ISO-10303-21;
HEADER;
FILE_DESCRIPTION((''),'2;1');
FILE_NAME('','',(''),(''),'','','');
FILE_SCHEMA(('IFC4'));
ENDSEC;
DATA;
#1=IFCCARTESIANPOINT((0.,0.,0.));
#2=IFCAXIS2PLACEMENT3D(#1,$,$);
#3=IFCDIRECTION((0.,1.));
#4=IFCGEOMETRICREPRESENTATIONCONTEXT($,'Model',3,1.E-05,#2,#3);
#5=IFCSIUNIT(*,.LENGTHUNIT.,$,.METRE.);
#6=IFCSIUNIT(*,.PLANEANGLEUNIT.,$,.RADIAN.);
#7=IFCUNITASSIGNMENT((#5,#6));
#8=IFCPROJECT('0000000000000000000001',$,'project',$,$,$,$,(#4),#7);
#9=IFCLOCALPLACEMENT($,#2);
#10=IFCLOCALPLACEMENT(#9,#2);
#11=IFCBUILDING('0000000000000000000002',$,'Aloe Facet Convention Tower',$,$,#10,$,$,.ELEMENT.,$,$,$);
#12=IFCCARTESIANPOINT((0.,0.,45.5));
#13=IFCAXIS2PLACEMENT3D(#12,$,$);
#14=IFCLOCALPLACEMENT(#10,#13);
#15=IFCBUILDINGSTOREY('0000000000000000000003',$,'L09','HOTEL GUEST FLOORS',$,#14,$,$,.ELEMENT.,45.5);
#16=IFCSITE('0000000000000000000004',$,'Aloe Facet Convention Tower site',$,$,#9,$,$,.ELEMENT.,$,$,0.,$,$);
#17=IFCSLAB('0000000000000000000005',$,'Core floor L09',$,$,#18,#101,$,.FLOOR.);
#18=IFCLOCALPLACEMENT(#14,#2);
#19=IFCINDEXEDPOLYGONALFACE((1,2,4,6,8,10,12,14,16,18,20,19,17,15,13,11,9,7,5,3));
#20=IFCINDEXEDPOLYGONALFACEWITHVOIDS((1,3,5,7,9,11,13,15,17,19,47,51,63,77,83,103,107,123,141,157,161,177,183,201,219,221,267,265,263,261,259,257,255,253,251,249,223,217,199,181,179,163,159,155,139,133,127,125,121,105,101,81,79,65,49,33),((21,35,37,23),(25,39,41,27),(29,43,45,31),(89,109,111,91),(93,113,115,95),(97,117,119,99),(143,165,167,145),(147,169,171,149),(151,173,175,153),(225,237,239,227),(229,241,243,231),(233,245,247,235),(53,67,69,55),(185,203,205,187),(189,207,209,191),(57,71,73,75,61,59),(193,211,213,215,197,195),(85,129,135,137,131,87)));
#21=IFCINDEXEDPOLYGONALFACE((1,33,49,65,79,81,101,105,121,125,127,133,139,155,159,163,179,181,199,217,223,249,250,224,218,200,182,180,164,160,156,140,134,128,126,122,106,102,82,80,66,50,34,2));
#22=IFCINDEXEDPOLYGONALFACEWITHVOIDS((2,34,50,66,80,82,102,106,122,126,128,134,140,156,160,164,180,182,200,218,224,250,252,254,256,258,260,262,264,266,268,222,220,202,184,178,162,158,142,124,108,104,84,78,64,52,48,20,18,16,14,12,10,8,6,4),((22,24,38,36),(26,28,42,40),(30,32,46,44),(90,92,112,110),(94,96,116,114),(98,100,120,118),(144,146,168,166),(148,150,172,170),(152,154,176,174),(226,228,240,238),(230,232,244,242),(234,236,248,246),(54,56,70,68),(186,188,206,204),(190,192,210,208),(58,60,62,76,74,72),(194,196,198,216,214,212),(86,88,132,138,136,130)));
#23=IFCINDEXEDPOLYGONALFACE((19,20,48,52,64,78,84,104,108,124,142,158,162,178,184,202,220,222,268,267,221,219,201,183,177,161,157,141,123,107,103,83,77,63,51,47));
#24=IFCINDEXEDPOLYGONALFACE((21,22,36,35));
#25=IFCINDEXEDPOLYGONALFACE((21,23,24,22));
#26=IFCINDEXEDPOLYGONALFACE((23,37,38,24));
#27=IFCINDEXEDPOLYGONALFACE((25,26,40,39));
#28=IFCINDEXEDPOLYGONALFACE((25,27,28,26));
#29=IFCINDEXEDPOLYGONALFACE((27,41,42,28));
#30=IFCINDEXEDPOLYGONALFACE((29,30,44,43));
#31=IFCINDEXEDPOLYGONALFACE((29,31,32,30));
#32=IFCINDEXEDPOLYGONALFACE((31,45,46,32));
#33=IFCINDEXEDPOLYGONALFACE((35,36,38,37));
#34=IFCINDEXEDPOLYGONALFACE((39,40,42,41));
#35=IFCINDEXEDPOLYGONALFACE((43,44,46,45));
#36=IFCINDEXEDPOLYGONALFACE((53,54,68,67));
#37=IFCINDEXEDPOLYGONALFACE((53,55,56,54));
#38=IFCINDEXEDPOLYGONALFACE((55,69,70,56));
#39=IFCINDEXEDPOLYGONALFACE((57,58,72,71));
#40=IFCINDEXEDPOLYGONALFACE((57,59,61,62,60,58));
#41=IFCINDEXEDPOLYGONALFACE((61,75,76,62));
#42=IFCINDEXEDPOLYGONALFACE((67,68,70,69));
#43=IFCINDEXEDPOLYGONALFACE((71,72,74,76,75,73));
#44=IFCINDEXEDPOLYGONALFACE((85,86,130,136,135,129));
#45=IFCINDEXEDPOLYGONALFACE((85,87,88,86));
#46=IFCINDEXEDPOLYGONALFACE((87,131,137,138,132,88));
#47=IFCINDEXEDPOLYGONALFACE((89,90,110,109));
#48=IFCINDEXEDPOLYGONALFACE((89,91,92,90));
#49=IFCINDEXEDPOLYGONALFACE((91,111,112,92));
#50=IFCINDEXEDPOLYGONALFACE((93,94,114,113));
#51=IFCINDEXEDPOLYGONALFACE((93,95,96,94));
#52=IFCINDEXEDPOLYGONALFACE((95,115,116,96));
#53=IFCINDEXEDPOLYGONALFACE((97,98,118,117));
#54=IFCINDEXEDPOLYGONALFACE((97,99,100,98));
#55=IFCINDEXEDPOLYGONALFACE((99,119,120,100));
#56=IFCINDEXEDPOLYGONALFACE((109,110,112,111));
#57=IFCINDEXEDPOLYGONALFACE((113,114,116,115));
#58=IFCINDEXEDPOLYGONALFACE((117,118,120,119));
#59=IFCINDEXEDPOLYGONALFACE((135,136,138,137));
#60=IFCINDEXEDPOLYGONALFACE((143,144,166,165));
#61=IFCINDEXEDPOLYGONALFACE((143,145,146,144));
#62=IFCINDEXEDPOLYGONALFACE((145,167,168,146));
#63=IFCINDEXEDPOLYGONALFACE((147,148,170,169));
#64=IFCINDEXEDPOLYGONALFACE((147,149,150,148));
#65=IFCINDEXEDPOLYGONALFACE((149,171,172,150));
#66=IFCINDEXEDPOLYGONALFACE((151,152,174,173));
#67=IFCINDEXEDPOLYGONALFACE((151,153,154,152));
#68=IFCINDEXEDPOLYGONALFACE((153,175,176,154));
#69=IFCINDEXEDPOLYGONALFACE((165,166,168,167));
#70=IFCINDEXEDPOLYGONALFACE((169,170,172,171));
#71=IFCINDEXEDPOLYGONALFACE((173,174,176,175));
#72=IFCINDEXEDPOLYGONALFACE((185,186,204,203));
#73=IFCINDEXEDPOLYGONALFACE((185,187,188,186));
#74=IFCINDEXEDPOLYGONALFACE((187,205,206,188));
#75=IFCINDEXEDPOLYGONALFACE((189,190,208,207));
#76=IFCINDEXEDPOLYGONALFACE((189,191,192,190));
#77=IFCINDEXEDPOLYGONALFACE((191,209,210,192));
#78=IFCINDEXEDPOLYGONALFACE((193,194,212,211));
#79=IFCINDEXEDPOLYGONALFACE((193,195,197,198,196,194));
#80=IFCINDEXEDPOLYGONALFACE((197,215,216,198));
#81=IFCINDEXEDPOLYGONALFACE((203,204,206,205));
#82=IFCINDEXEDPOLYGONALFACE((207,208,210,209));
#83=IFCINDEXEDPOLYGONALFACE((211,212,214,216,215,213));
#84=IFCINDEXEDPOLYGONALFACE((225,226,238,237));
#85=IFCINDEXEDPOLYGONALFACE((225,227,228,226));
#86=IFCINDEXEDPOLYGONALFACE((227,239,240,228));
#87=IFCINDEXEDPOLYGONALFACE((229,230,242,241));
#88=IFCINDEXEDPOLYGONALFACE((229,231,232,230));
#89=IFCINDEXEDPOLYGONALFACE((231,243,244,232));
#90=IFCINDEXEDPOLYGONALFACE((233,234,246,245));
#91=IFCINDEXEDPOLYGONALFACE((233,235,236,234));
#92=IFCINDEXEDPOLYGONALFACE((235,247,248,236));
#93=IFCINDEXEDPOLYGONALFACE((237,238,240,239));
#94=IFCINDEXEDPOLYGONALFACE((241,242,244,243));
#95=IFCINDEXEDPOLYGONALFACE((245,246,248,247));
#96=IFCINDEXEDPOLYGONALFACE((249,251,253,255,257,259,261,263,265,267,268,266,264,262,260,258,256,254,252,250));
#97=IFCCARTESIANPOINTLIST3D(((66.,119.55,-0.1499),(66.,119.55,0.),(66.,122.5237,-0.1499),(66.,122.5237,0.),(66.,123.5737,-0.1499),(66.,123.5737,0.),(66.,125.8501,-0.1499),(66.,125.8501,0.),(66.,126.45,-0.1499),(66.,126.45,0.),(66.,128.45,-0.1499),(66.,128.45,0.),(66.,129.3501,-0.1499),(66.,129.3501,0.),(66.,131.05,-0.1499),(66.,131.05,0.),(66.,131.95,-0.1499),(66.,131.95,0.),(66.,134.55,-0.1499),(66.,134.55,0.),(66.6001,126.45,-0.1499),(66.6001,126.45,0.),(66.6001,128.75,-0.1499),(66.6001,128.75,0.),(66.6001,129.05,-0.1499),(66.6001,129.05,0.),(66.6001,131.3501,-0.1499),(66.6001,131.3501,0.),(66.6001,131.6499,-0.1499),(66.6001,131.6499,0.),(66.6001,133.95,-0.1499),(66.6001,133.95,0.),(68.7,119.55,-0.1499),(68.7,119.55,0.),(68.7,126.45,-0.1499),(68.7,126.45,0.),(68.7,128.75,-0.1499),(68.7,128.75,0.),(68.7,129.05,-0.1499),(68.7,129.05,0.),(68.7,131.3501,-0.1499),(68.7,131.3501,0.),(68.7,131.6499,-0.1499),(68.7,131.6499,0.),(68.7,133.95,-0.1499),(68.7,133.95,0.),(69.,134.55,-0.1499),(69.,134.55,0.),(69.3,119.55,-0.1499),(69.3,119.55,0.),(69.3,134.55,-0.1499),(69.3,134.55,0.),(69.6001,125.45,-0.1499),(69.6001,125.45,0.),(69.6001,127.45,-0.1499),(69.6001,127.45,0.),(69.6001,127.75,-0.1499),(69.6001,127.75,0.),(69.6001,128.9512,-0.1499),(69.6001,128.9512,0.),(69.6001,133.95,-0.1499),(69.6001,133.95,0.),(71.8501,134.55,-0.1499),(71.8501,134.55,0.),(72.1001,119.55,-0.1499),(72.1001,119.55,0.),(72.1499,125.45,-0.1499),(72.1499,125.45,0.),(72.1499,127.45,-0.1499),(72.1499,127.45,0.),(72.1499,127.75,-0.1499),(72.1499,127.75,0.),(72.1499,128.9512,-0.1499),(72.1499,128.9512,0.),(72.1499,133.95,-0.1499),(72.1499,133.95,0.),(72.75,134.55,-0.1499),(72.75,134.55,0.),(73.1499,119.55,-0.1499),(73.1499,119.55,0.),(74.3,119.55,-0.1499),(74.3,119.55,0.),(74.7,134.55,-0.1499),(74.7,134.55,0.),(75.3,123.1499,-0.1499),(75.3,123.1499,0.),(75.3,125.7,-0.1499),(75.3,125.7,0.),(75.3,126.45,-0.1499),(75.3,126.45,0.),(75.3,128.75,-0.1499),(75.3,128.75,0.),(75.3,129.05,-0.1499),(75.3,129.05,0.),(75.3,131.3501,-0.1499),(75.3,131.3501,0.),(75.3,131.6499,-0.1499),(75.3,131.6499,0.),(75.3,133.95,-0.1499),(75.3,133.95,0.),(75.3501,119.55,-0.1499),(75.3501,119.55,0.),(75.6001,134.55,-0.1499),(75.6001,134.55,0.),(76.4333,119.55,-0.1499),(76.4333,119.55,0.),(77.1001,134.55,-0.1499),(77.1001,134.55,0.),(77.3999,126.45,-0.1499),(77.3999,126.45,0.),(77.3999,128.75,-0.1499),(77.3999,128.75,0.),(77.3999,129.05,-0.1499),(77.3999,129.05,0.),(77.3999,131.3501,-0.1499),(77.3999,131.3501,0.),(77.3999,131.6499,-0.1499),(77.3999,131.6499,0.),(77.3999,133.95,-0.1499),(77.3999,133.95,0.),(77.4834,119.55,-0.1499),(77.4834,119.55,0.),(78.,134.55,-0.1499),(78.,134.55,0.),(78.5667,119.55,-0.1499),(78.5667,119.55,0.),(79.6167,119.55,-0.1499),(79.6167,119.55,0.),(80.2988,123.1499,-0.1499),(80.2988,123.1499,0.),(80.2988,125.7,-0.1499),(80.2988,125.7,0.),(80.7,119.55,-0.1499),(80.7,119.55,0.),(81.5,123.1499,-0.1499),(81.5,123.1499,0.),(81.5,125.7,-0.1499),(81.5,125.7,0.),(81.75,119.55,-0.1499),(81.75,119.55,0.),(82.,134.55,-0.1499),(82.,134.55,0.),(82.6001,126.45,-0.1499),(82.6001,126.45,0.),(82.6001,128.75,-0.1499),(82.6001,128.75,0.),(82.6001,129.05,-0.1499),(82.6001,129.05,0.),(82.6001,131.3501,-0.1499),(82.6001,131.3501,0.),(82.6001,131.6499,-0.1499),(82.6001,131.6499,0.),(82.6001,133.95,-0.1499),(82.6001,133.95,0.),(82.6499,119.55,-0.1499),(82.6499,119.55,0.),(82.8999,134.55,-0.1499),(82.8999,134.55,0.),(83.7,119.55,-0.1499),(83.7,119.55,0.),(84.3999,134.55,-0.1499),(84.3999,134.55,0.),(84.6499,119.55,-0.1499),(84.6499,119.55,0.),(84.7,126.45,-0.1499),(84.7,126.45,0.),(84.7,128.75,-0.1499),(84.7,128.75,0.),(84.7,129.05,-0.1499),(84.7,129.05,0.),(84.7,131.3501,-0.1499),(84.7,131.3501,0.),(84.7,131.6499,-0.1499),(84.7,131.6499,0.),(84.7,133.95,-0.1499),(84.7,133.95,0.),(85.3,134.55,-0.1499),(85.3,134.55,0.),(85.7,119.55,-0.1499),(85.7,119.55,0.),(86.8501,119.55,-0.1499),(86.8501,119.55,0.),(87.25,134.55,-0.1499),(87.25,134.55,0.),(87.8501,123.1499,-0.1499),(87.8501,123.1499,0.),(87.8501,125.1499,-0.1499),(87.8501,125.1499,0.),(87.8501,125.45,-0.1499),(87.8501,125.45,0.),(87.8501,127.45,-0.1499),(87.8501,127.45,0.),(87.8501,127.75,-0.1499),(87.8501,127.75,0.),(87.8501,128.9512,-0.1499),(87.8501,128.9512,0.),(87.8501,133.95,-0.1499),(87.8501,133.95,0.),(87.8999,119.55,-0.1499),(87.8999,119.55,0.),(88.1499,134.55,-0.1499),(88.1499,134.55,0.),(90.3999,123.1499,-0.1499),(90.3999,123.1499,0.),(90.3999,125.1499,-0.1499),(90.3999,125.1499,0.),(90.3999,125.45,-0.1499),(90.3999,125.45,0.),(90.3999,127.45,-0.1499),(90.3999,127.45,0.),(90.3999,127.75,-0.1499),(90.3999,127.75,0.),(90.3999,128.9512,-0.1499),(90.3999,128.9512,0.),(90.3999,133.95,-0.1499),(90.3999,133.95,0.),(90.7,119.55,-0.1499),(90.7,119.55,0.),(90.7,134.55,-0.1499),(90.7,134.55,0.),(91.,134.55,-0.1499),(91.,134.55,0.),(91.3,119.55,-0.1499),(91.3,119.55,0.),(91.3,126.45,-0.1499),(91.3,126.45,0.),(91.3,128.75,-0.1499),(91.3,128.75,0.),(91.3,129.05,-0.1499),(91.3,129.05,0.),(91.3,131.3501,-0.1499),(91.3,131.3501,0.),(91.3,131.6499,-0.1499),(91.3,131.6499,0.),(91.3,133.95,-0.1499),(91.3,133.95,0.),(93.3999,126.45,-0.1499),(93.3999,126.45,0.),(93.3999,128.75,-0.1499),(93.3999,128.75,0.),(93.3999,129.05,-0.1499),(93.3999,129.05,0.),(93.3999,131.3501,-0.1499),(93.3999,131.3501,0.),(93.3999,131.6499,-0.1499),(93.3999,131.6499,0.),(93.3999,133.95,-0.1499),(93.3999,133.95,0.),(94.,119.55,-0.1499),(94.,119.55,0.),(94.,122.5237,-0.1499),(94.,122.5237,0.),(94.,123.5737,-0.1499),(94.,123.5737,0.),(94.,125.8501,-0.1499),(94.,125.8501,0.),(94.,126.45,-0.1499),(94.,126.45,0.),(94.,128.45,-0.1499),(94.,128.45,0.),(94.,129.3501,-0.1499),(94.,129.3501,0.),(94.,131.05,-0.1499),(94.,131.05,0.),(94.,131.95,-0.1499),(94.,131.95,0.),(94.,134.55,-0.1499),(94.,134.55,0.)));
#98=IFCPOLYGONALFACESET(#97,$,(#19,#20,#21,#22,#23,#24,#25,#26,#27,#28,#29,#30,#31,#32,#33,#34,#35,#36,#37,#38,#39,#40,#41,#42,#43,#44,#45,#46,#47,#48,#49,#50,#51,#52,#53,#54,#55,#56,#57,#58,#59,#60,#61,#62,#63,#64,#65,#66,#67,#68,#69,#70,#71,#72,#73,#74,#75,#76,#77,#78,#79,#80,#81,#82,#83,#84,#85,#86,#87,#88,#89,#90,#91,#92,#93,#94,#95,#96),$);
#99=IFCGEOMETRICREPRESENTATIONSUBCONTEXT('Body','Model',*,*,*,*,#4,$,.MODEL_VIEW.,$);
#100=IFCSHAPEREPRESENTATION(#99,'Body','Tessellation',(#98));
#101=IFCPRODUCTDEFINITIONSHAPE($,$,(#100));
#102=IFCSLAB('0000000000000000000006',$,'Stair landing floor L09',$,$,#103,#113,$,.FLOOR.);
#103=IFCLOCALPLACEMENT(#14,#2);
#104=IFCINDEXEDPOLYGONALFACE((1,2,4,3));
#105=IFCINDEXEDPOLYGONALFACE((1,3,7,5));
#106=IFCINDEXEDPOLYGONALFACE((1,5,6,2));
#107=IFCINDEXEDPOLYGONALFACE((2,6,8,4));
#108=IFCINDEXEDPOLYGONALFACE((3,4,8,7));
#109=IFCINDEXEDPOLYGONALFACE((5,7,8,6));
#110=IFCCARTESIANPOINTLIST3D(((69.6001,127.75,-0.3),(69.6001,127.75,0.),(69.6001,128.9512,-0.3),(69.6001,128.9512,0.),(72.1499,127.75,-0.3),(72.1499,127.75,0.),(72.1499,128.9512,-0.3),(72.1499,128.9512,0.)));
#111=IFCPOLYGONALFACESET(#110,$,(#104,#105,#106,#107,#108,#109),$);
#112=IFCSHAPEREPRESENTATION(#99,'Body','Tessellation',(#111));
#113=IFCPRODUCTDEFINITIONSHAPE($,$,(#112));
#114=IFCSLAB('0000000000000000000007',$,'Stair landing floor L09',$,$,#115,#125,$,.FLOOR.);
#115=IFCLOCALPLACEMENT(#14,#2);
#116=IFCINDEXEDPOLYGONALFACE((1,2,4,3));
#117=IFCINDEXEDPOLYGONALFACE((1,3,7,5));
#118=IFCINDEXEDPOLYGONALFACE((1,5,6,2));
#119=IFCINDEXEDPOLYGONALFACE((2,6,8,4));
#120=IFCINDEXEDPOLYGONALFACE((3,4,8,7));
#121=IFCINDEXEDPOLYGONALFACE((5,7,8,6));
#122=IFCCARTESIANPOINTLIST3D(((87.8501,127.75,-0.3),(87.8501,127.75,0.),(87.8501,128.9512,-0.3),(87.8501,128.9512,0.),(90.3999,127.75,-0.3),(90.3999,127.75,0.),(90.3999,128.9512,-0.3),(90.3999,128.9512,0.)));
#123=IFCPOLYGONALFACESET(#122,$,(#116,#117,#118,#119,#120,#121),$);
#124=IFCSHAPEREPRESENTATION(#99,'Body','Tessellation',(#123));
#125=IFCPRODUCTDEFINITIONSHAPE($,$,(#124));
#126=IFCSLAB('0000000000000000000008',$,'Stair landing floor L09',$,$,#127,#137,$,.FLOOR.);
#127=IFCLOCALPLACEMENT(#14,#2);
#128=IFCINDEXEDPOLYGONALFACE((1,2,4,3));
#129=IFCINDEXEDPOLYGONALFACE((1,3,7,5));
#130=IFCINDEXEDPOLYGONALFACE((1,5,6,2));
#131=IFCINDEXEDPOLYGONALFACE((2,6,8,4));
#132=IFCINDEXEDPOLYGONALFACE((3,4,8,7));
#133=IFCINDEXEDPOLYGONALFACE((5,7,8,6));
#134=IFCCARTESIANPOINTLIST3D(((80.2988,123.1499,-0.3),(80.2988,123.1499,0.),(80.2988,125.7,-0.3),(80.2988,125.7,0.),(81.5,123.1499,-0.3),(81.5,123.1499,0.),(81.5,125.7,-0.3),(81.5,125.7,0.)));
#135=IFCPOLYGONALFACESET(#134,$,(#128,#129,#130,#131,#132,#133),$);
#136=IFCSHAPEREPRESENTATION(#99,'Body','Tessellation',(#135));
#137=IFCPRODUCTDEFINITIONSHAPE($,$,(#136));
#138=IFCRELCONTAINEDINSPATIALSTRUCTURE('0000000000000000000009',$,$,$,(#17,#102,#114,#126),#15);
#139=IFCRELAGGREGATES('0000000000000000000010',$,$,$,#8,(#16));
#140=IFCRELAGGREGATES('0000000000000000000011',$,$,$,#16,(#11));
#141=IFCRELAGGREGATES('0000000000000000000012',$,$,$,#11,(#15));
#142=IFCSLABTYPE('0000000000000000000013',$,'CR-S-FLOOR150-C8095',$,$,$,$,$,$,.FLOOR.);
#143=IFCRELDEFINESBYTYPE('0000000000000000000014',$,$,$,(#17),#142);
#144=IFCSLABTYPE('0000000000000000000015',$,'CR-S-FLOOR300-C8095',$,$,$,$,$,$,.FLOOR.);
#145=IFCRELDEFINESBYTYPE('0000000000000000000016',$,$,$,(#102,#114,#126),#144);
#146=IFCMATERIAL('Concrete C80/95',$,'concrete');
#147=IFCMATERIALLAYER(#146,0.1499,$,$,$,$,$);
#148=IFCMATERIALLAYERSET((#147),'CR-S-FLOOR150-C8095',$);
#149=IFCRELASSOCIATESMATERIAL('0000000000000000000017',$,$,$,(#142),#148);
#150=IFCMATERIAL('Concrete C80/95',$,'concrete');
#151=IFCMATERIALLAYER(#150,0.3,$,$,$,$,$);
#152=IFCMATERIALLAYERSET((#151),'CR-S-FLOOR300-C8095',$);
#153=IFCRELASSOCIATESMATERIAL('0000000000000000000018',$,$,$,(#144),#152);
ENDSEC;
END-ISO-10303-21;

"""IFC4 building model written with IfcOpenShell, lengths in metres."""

from ifc_helpers import new_model, si_unit, direction, frame, origin, place, context, subcontext, project, spatial, polyline, outline, extrude, material, layer, layer_set, type_object, element, save


model = new_model("IFC4")

# Units and contexts
model_context = context("Model", 3, precision=1e-05, world=origin(), true_north=direction((0.0, 1.0)))
body_context = subcontext(model_context, "Body", "Model", "MODEL_VIEW")
ifc_project = project(units=[si_unit("LENGTHUNIT", "METRE"), si_unit("PLANEANGLEUNIT", "RADIAN")], contexts=[model_context])

# Site, building, storey
site_placement = place(None, origin())
site = spatial("IfcSite", under=ifc_project, at=site_placement, Name="Aloe Facet Convention Tower site", CompositionType="ELEMENT", RefElevation=0.0)
building_placement = place(site_placement, origin())
building = spatial("IfcBuilding", under=site, at=building_placement, Name="Aloe Facet Convention Tower", CompositionType="ELEMENT")
storey_placement = place(building_placement, frame((0.0, 0.0, 45.5)))
storey = spatial("IfcBuildingStorey", under=building, at=storey_placement, Name="L09", Description="HOTEL GUEST FLOORS", CompositionType="ELEMENT", Elevation=45.5)

# Slabs
ifc_material_1 = material(Name="Concrete C80/95", Category="concrete")
ifc_layer_1 = layer(ifc_material_1, 0.1499)
ifc_layer_set_1 = layer_set([ifc_layer_1], Name="CR-S-FLOOR150-C8095")
slab_type_1 = type_object("IfcSlabType", Name="CR-S-FLOOR150-C8095", PredefinedType="FLOOR", material=ifc_layer_set_1)
slab_1_placement = place(storey_placement, frame((0.0, 0.0, -0.1499)))
element("IfcSlab", 1, at=slab_1_placement, inside=storey, type_object=slab_type_1, Name="Core floor L09", PredefinedType="FLOOR", context=body_context, shape_type="SweptSolid", body=[
    extrude(outline(polyline([(69.3, 134.55), (71.8501, 134.55), (72.75, 134.55), (74.7, 134.55), (75.6001, 134.55), (77.1001, 134.55), (78.0, 134.55), (82.0, 134.55), (82.8999, 134.55), (84.3999, 134.55), (85.3, 134.55), (87.25, 134.55), (88.1499, 134.55), (90.7, 134.55), (91.0, 134.55), (94.0, 134.55), (94.0, 131.95), (94.0, 131.05), (94.0, 129.3501), (94.0, 128.45), (94.0, 126.45), (94.0, 125.8501), (94.0, 123.5737), (94.0, 122.5237), (94.0, 119.55), (91.3, 119.55), (90.7, 119.55), (87.8999, 119.55), (86.8501, 119.55), (85.7, 119.55), (84.6499, 119.55), (83.7, 119.55), (82.6499, 119.55), (81.75, 119.55), (80.7, 119.55), (79.6167, 119.55), (78.5667, 119.55), (77.4834, 119.55), (76.4333, 119.55), (75.3501, 119.55), (74.3, 119.55), (73.1499, 119.55), (72.1001, 119.55), (69.3, 119.55), (68.7, 119.55), (66.0, 119.55), (66.0, 122.5237), (66.0, 123.5737), (66.0, 125.8501), (66.0, 126.45), (66.0, 128.45), (66.0, 129.3501), (66.0, 131.05), (66.0, 131.95), (66.0, 134.55), (69.0, 134.55), (69.3, 134.55)]), holes=[polyline([(75.3, 123.1499), (80.2988, 123.1499), (81.5, 123.1499), (81.5, 125.7), (80.2988, 125.7), (75.3, 125.7), (75.3, 123.1499)]), polyline([(69.6001, 125.45), (72.1499, 125.45), (72.1499, 127.45), (69.6001, 127.45), (69.6001, 125.45)]), polyline([(66.6001, 126.45), (68.7, 126.45), (68.7, 128.75), (66.6001, 128.75), (66.6001, 126.45)]), polyline([(75.3, 126.45), (77.3999, 126.45), (77.3999, 128.75), (75.3, 128.75), (75.3, 126.45)]), polyline([(66.6001, 129.05), (68.7, 129.05), (68.7, 131.3501), (66.6001, 131.3501), (66.6001, 129.05)]), polyline([(75.3, 129.05), (77.3999, 129.05), (77.3999, 131.3501), (75.3, 131.3501), (75.3, 129.05)]), polyline([(69.6001, 133.95), (69.6001, 128.9512), (69.6001, 127.75), (72.1499, 127.75), (72.1499, 128.9512), (72.1499, 133.95), (69.6001, 133.95)]), polyline([(66.6001, 133.95), (66.6001, 131.6499), (68.7, 131.6499), (68.7, 133.95), (66.6001, 133.95)]), polyline([(75.3, 133.95), (75.3, 131.6499), (77.3999, 131.6499), (77.3999, 133.95), (75.3, 133.95)]), polyline([(87.8501, 123.1499), (90.3999, 123.1499), (90.3999, 125.1499), (87.8501, 125.1499), (87.8501, 123.1499)]), polyline([(87.8501, 125.45), (90.3999, 125.45), (90.3999, 127.45), (87.8501, 127.45), (87.8501, 125.45)]), polyline([(82.6001, 126.45), (84.7, 126.45), (84.7, 128.75), (82.6001, 128.75), (82.6001, 126.45)]), polyline([(91.3, 126.45), (93.3999, 126.45), (93.3999, 128.75), (91.3, 128.75), (91.3, 126.45)]), polyline([(82.6001, 129.05), (84.7, 129.05), (84.7, 131.3501), (82.6001, 131.3501), (82.6001, 129.05)]), polyline([(91.3, 129.05), (93.3999, 129.05), (93.3999, 131.3501), (91.3, 131.3501), (91.3, 129.05)]), polyline([(87.8501, 133.95), (87.8501, 128.9512), (87.8501, 127.75), (90.3999, 127.75), (90.3999, 128.9512), (90.3999, 133.95), (87.8501, 133.95)]), polyline([(82.6001, 133.95), (82.6001, 131.6499), (84.7, 131.6499), (84.7, 133.95), (82.6001, 133.95)]), polyline([(91.3, 133.95), (91.3, 131.6499), (93.3999, 131.6499), (93.3999, 133.95), (91.3, 133.95)])]), origin(), (0.0, 0.0, 1.0), 0.1499),
])
ifc_material_2 = material(Name="Concrete C80/95", Category="concrete")
ifc_layer_2 = layer(ifc_material_2, 0.3)
ifc_layer_set_2 = layer_set([ifc_layer_2], Name="CR-S-FLOOR300-C8095")
slab_type_2 = type_object("IfcSlabType", Name="CR-S-FLOOR300-C8095", PredefinedType="FLOOR", material=ifc_layer_set_2)
slab_2_placement = place(storey_placement, frame((0.0, 0.0, -0.3)))
element("IfcSlab", 2, at=slab_2_placement, inside=storey, type_object=slab_type_2, Name="Stair landing floor L09", PredefinedType="FLOOR", context=body_context, shape_type="SweptSolid", body=[
    extrude(outline(polyline([(72.1499, 127.75), (72.1499, 128.9512), (69.6001, 128.9512), (69.6001, 127.75), (72.1499, 127.75)])), origin(), (0.0, 0.0, 1.0), 0.3),
])
slab_3_placement = place(storey_placement, frame((0.0, 0.0, -0.3)))
element("IfcSlab", 3, at=slab_3_placement, inside=storey, type_object=slab_type_2, Name="Stair landing floor L09", PredefinedType="FLOOR", context=body_context, shape_type="SweptSolid", body=[
    extrude(outline(polyline([(90.3999, 127.75), (90.3999, 128.9512), (87.8501, 128.9512), (87.8501, 127.75), (90.3999, 127.75)])), origin(), (0.0, 0.0, 1.0), 0.3),
])
slab_4_placement = place(storey_placement, frame((0.0, 0.0, -0.3)))
element("IfcSlab", 4, at=slab_4_placement, inside=storey, type_object=slab_type_2, Name="Stair landing floor L09", PredefinedType="FLOOR", context=body_context, shape_type="SweptSolid", body=[
    extrude(outline(polyline([(81.5, 125.7), (80.2988, 125.7), (80.2988, 123.1499), (81.5, 123.1499), (81.5, 125.7)])), origin(), (0.0, 0.0, 1.0), 0.3),
])

save(model, "model.ifc")
